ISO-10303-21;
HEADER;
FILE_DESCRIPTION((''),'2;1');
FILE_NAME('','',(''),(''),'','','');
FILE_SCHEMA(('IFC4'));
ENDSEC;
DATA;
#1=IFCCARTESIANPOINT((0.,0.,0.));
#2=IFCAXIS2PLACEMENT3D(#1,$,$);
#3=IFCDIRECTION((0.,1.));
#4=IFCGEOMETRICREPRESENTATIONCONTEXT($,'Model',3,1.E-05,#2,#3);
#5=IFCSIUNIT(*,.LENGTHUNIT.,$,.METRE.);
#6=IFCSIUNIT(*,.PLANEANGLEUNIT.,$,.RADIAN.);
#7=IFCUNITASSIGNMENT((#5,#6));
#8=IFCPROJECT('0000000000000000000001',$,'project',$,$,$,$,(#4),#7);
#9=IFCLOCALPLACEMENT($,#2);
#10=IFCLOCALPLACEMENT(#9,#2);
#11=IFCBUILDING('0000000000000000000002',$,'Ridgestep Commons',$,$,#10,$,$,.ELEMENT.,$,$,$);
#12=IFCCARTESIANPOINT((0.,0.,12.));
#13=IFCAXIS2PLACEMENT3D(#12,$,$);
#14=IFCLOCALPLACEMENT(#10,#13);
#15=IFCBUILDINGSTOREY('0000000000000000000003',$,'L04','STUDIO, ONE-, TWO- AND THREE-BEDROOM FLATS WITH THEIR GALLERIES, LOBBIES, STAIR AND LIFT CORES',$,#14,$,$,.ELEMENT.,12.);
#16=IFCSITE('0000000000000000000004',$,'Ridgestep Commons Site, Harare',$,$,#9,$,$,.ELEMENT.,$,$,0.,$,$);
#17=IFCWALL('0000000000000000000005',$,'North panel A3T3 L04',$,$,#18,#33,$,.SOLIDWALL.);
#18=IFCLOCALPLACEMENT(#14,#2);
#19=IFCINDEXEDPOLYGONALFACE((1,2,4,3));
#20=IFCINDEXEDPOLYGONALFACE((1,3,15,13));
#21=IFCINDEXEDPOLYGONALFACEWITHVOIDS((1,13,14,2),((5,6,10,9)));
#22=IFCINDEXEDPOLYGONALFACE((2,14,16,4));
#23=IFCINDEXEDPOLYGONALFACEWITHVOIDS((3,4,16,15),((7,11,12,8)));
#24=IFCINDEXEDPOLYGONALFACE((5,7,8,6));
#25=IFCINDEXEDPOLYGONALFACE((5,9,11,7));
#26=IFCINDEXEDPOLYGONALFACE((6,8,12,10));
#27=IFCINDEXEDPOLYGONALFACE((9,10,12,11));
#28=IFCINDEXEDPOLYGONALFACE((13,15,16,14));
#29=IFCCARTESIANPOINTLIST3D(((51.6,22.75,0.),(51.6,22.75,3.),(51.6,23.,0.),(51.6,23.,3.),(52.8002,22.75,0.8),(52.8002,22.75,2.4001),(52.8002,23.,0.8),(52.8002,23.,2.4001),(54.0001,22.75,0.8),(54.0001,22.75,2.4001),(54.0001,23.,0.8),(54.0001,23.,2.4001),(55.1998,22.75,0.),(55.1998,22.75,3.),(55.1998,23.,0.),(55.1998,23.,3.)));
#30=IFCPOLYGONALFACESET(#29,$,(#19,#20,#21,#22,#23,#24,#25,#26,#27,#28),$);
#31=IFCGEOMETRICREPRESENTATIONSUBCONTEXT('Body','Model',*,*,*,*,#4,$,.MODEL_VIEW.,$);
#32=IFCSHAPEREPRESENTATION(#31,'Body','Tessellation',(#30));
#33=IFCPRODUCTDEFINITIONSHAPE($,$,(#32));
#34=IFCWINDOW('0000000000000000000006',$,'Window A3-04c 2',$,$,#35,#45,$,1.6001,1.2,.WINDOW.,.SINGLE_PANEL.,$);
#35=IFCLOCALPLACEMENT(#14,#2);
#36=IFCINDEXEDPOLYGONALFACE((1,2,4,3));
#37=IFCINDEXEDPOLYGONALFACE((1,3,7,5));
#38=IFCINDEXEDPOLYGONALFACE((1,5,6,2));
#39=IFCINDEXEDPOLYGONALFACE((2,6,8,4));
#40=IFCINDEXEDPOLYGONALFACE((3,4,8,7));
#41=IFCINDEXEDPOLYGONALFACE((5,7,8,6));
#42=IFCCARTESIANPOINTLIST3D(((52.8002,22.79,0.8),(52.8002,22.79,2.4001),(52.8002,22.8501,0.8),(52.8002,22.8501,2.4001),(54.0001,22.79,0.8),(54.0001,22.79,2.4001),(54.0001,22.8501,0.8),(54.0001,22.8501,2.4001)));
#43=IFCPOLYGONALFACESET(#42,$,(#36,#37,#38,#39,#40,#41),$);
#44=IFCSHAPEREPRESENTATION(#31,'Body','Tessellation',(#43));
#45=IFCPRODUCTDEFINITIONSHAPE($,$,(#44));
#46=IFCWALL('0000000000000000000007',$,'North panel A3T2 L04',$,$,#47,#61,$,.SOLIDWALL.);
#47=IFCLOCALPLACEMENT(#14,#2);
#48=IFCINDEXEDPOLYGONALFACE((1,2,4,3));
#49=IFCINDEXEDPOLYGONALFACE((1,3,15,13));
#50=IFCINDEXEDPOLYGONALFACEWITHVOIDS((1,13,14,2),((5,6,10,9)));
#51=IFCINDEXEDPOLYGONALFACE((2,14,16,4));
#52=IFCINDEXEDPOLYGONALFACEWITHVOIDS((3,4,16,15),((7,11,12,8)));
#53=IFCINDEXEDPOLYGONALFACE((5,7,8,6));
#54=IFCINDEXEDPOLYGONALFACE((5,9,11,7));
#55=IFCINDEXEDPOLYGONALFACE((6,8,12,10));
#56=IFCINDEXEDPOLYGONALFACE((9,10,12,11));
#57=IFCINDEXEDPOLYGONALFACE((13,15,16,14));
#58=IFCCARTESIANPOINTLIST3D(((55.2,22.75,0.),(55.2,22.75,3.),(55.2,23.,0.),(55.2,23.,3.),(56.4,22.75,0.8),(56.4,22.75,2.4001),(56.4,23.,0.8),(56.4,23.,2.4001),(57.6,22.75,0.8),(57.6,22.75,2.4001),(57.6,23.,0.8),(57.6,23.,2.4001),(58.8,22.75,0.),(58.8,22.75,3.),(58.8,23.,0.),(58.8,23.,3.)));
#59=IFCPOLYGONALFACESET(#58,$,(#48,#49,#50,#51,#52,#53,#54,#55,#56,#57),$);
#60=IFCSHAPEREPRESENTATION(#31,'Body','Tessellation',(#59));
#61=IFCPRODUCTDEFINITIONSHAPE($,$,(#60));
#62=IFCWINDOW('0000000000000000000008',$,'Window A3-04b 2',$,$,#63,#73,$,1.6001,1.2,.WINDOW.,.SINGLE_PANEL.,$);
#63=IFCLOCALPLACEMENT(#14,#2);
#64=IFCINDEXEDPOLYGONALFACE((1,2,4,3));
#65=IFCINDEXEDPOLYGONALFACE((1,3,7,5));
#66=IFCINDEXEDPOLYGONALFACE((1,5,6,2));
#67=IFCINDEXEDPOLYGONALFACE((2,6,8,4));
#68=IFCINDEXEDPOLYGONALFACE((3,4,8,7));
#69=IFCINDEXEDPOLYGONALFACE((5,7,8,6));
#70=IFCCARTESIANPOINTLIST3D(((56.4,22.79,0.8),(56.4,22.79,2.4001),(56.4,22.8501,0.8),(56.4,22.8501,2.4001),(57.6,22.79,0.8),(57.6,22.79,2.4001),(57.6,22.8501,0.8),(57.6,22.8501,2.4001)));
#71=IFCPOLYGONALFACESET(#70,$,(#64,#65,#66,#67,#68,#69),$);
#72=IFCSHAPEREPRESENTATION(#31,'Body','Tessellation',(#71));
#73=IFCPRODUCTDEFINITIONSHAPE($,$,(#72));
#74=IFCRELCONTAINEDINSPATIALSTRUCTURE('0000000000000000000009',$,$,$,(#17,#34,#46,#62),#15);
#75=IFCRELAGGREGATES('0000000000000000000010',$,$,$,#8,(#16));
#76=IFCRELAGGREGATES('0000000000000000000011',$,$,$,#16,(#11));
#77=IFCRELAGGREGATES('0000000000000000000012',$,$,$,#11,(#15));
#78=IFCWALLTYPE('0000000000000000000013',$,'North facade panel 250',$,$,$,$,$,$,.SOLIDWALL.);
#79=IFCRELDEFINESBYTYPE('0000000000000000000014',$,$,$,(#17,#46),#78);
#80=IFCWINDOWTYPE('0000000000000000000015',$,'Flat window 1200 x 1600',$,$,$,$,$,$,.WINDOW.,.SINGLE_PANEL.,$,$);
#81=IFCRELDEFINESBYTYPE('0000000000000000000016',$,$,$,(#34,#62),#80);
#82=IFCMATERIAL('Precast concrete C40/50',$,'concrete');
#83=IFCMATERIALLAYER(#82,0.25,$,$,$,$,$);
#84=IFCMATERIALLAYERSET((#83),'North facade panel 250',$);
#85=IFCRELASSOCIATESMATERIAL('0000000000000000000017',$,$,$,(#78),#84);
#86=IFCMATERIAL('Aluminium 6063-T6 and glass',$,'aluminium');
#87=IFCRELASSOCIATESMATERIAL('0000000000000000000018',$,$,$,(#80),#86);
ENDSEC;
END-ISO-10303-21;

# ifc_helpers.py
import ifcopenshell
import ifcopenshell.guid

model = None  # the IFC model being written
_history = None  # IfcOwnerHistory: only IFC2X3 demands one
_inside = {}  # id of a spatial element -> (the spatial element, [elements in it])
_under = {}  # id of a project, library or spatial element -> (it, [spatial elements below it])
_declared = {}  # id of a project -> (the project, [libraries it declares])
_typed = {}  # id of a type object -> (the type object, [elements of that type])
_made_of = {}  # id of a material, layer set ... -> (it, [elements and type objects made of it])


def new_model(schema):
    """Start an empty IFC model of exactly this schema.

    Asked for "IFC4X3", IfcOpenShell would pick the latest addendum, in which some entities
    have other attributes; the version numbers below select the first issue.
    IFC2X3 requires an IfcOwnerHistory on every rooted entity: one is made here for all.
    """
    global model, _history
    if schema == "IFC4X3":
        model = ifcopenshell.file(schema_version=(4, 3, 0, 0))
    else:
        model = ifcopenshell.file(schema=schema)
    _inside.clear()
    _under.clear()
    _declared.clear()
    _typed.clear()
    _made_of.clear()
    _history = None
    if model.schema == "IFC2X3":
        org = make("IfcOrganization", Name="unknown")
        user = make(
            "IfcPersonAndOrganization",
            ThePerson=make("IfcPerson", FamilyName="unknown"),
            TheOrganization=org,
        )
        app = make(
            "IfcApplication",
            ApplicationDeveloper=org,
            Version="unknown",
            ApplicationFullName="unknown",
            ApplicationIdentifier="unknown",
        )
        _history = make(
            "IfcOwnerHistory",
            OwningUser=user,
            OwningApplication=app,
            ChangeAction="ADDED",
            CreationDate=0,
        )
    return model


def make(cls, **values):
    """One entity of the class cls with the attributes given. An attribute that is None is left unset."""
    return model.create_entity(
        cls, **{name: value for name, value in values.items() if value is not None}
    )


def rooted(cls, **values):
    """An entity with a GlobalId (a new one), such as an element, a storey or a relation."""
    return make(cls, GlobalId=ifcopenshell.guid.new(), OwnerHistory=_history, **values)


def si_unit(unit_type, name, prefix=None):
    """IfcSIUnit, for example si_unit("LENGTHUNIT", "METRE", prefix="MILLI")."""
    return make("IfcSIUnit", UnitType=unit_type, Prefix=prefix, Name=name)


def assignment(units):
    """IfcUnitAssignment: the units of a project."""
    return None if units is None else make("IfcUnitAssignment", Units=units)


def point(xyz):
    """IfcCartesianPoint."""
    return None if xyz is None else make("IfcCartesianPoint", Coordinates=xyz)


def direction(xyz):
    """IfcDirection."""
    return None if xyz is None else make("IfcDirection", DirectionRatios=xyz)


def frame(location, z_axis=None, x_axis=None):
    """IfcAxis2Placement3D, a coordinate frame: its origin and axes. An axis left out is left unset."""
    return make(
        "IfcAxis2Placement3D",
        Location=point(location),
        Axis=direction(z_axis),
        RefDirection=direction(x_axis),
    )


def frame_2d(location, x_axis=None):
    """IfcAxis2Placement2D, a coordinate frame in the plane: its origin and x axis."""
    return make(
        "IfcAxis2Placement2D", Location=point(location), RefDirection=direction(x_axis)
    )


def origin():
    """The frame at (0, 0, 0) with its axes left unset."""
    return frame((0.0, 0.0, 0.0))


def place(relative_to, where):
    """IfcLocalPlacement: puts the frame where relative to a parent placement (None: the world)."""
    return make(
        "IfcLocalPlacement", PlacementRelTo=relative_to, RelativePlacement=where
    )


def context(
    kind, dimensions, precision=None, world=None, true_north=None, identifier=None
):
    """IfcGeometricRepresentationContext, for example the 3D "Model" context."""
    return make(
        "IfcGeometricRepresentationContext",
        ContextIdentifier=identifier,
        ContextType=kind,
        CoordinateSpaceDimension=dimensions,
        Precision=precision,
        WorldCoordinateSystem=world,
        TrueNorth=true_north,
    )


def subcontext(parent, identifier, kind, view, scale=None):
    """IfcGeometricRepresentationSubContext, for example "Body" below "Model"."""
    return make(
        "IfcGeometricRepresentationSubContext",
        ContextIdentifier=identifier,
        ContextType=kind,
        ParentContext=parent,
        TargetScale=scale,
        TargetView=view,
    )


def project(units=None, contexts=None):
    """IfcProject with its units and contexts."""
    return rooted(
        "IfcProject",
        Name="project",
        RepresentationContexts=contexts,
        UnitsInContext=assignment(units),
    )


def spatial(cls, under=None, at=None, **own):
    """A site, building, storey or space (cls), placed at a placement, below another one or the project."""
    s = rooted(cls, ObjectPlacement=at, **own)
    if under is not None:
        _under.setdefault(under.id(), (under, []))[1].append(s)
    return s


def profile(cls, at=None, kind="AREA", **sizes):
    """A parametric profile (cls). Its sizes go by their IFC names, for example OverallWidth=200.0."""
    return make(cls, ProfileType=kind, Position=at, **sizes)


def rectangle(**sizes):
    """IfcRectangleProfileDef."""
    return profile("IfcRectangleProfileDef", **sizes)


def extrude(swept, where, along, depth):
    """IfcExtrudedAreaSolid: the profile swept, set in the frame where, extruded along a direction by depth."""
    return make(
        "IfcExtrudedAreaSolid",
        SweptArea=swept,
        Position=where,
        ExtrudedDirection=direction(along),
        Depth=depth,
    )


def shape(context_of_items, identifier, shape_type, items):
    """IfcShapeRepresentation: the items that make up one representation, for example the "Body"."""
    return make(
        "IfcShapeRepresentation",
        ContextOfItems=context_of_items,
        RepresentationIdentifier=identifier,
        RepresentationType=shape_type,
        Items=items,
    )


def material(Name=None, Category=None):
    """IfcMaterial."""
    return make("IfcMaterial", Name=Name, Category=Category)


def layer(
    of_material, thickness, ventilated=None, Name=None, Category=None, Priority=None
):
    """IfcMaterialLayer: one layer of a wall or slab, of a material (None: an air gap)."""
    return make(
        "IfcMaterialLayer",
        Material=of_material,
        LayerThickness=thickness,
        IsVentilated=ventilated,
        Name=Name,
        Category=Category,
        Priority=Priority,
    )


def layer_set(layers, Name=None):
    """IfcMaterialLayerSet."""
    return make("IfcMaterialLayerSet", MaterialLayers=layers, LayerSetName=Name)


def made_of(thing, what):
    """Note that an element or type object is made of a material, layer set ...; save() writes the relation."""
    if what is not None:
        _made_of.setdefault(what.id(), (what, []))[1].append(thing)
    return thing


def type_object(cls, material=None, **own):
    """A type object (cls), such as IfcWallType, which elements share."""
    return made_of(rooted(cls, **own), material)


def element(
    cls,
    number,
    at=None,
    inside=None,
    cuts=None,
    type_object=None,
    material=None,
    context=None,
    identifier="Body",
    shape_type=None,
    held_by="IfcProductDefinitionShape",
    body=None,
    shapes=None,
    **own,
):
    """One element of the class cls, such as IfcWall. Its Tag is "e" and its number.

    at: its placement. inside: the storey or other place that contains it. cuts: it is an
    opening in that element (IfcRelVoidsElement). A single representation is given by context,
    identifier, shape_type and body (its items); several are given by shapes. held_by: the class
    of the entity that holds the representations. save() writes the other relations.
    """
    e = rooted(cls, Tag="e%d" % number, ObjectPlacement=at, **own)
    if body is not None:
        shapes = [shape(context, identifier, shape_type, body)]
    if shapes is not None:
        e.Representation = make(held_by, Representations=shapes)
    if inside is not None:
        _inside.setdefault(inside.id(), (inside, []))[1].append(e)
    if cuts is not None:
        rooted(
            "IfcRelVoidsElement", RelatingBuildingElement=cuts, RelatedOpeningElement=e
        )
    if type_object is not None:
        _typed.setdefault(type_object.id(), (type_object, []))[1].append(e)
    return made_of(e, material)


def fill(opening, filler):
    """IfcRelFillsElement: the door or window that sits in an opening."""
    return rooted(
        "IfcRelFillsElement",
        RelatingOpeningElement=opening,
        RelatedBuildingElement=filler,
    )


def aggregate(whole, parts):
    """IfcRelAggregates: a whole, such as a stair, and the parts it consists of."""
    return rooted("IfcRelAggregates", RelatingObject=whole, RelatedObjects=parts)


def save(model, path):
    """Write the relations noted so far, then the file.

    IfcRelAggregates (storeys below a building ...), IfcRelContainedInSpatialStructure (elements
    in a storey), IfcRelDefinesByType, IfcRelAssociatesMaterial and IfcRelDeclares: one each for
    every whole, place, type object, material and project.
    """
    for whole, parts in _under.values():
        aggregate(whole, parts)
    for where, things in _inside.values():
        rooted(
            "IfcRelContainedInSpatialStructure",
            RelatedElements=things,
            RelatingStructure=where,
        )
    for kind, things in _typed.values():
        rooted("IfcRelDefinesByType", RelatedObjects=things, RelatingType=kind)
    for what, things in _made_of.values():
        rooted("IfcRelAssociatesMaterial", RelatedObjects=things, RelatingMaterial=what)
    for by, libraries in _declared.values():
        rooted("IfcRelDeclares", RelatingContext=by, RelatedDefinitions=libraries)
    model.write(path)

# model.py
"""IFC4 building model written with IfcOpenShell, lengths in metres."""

from ifc_helpers import new_model, si_unit, direction, frame, frame_2d, origin, place, context, subcontext, project, spatial, rectangle, extrude, material, layer, layer_set, type_object, element, fill, save


model = new_model("IFC4")

# Units and contexts
model_context = context("Model", 3, precision=1e-05, world=origin(), true_north=direction((0.0, 1.0)))
body_context = subcontext(model_context, "Body", "Model", "MODEL_VIEW")
ifc_project = project(units=[si_unit("LENGTHUNIT", "METRE"), si_unit("PLANEANGLEUNIT", "RADIAN")], contexts=[model_context])

# Site, building, storey
site_placement = place(None, origin())
site = spatial("IfcSite", under=ifc_project, at=site_placement, Name="Ridgestep Commons Site, Harare", CompositionType="ELEMENT", RefElevation=0.0)
building_placement = place(site_placement, origin())
building = spatial("IfcBuilding", under=site, at=building_placement, Name="Ridgestep Commons", CompositionType="ELEMENT")
storey_placement = place(building_placement, frame((0.0, 0.0, 12.0)))
storey = spatial("IfcBuildingStorey", under=building, at=storey_placement, Name="L04", Description="STUDIO, ONE-, TWO- AND THREE-BEDROOM FLATS WITH THEIR GALLERIES, LOBBIES, STAIR AND LIFT CORES", CompositionType="ELEMENT", Elevation=12.0)

# Shared definitions
ifc_material_1 = material(Name="Precast concrete C40/50", Category="concrete")
ifc_layer_1 = layer(ifc_material_1, 0.25)
ifc_layer_set_1 = layer_set([ifc_layer_1], Name="North facade panel 250")
wall_type = type_object("IfcWallType", Name="North facade panel 250", PredefinedType="SOLIDWALL", material=ifc_layer_set_1)

# Walls, openings, windows
wall_1_placement = place(storey_placement, frame((51.6001, 22.875, 0.0), z_axis=(0.0, 0.0, 1.0), x_axis=(1.0, 0.0, 0.0)))
wall_1 = element("IfcWall", 1, at=wall_1_placement, inside=storey, type_object=wall_type, Name="North panel A3T3 L04", PredefinedType="SOLIDWALL", context=body_context, shape_type="SweptSolid", body=[
    extrude(rectangle(XDim=3.5999, YDim=0.25, at=frame_2d((1.7998, 0.0))), origin(), (0.0, 0.0, 1.0), 3.0),
])
opening_1_placement = place(wall_1_placement, frame((1.2, 0.0, 0.8)))
opening_1 = element("IfcOpeningElement", 2, at=opening_1_placement, cuts=wall_1, PredefinedType="OPENING", context=body_context, shape_type="SweptSolid", body=[
    extrude(rectangle(XDim=1.2, YDim=1.6001, at=frame_2d((0.6001, 0.8))), frame((0.0, 0.135, 0.0), z_axis=(0.0, -1.0, 0.0), x_axis=(1.0, 0.0, 0.0)), (0.0, 0.0, 1.0), 0.27),
])
ifc_material_2 = material(Name="Aluminium 6063-T6 and glass", Category="aluminium")
window_type = type_object("IfcWindowType", Name="Flat window 1200 x 1600", PartitioningType="SINGLE_PANEL", PredefinedType="WINDOW", material=ifc_material_2)
window_1_placement = place(opening_1_placement, origin())
window_1 = element("IfcWindow", 3, at=window_1_placement, inside=storey, type_object=window_type, Name="Window A3-04c 2", OverallHeight=1.6001, OverallWidth=1.2, PartitioningType="SINGLE_PANEL", PredefinedType="WINDOW", context=body_context, shape_type="SweptSolid", body=[
    extrude(rectangle(XDim=1.2, YDim=1.6001, at=frame_2d((0.6001, 0.8))), frame((0.0, -0.0249, 0.0), z_axis=(0.0, -1.0, 0.0), x_axis=(1.0, 0.0, 0.0)), (0.0, 0.0, 1.0), 0.0601),
])
fill(opening_1, window_1)
wall_2_placement = place(storey_placement, frame((55.2, 22.875, 0.0), z_axis=(0.0, 0.0, 1.0), x_axis=(1.0, 0.0, 0.0)))
wall_2 = element("IfcWall", 4, at=wall_2_placement, inside=storey, type_object=wall_type, Name="North panel A3T2 L04", PredefinedType="SOLIDWALL", context=body_context, shape_type="SweptSolid", body=[
    extrude(rectangle(XDim=3.6001, YDim=0.25, at=frame_2d((1.8, 0.0))), origin(), (0.0, 0.0, 1.0), 3.0),
])
opening_2_placement = place(wall_2_placement, frame((1.2, 0.0, 0.8)))
opening_2 = element("IfcOpeningElement", 5, at=opening_2_placement, cuts=wall_2, PredefinedType="OPENING", context=body_context, shape_type="SweptSolid", body=[
    extrude(rectangle(XDim=1.2, YDim=1.6001, at=frame_2d((0.6001, 0.8))), frame((0.0, 0.135, 0.0), z_axis=(0.0, -1.0, 0.0), x_axis=(1.0, 0.0, 0.0)), (0.0, 0.0, 1.0), 0.27),
])
window_2_placement = place(opening_2_placement, origin())
window_2 = element("IfcWindow", 6, at=window_2_placement, inside=storey, type_object=window_type, Name="Window A3-04b 2", OverallHeight=1.6001, OverallWidth=1.2, PartitioningType="SINGLE_PANEL", PredefinedType="WINDOW", context=body_context, shape_type="SweptSolid", body=[
    extrude(rectangle(XDim=1.2, YDim=1.6001, at=frame_2d((0.6001, 0.8))), frame((0.0, -0.0249, 0.0), z_axis=(0.0, -1.0, 0.0), x_axis=(1.0, 0.0, 0.0)), (0.0, 0.0, 1.0), 0.0601),
])
fill(opening_2, window_2)

save(model, "model.ifc")
